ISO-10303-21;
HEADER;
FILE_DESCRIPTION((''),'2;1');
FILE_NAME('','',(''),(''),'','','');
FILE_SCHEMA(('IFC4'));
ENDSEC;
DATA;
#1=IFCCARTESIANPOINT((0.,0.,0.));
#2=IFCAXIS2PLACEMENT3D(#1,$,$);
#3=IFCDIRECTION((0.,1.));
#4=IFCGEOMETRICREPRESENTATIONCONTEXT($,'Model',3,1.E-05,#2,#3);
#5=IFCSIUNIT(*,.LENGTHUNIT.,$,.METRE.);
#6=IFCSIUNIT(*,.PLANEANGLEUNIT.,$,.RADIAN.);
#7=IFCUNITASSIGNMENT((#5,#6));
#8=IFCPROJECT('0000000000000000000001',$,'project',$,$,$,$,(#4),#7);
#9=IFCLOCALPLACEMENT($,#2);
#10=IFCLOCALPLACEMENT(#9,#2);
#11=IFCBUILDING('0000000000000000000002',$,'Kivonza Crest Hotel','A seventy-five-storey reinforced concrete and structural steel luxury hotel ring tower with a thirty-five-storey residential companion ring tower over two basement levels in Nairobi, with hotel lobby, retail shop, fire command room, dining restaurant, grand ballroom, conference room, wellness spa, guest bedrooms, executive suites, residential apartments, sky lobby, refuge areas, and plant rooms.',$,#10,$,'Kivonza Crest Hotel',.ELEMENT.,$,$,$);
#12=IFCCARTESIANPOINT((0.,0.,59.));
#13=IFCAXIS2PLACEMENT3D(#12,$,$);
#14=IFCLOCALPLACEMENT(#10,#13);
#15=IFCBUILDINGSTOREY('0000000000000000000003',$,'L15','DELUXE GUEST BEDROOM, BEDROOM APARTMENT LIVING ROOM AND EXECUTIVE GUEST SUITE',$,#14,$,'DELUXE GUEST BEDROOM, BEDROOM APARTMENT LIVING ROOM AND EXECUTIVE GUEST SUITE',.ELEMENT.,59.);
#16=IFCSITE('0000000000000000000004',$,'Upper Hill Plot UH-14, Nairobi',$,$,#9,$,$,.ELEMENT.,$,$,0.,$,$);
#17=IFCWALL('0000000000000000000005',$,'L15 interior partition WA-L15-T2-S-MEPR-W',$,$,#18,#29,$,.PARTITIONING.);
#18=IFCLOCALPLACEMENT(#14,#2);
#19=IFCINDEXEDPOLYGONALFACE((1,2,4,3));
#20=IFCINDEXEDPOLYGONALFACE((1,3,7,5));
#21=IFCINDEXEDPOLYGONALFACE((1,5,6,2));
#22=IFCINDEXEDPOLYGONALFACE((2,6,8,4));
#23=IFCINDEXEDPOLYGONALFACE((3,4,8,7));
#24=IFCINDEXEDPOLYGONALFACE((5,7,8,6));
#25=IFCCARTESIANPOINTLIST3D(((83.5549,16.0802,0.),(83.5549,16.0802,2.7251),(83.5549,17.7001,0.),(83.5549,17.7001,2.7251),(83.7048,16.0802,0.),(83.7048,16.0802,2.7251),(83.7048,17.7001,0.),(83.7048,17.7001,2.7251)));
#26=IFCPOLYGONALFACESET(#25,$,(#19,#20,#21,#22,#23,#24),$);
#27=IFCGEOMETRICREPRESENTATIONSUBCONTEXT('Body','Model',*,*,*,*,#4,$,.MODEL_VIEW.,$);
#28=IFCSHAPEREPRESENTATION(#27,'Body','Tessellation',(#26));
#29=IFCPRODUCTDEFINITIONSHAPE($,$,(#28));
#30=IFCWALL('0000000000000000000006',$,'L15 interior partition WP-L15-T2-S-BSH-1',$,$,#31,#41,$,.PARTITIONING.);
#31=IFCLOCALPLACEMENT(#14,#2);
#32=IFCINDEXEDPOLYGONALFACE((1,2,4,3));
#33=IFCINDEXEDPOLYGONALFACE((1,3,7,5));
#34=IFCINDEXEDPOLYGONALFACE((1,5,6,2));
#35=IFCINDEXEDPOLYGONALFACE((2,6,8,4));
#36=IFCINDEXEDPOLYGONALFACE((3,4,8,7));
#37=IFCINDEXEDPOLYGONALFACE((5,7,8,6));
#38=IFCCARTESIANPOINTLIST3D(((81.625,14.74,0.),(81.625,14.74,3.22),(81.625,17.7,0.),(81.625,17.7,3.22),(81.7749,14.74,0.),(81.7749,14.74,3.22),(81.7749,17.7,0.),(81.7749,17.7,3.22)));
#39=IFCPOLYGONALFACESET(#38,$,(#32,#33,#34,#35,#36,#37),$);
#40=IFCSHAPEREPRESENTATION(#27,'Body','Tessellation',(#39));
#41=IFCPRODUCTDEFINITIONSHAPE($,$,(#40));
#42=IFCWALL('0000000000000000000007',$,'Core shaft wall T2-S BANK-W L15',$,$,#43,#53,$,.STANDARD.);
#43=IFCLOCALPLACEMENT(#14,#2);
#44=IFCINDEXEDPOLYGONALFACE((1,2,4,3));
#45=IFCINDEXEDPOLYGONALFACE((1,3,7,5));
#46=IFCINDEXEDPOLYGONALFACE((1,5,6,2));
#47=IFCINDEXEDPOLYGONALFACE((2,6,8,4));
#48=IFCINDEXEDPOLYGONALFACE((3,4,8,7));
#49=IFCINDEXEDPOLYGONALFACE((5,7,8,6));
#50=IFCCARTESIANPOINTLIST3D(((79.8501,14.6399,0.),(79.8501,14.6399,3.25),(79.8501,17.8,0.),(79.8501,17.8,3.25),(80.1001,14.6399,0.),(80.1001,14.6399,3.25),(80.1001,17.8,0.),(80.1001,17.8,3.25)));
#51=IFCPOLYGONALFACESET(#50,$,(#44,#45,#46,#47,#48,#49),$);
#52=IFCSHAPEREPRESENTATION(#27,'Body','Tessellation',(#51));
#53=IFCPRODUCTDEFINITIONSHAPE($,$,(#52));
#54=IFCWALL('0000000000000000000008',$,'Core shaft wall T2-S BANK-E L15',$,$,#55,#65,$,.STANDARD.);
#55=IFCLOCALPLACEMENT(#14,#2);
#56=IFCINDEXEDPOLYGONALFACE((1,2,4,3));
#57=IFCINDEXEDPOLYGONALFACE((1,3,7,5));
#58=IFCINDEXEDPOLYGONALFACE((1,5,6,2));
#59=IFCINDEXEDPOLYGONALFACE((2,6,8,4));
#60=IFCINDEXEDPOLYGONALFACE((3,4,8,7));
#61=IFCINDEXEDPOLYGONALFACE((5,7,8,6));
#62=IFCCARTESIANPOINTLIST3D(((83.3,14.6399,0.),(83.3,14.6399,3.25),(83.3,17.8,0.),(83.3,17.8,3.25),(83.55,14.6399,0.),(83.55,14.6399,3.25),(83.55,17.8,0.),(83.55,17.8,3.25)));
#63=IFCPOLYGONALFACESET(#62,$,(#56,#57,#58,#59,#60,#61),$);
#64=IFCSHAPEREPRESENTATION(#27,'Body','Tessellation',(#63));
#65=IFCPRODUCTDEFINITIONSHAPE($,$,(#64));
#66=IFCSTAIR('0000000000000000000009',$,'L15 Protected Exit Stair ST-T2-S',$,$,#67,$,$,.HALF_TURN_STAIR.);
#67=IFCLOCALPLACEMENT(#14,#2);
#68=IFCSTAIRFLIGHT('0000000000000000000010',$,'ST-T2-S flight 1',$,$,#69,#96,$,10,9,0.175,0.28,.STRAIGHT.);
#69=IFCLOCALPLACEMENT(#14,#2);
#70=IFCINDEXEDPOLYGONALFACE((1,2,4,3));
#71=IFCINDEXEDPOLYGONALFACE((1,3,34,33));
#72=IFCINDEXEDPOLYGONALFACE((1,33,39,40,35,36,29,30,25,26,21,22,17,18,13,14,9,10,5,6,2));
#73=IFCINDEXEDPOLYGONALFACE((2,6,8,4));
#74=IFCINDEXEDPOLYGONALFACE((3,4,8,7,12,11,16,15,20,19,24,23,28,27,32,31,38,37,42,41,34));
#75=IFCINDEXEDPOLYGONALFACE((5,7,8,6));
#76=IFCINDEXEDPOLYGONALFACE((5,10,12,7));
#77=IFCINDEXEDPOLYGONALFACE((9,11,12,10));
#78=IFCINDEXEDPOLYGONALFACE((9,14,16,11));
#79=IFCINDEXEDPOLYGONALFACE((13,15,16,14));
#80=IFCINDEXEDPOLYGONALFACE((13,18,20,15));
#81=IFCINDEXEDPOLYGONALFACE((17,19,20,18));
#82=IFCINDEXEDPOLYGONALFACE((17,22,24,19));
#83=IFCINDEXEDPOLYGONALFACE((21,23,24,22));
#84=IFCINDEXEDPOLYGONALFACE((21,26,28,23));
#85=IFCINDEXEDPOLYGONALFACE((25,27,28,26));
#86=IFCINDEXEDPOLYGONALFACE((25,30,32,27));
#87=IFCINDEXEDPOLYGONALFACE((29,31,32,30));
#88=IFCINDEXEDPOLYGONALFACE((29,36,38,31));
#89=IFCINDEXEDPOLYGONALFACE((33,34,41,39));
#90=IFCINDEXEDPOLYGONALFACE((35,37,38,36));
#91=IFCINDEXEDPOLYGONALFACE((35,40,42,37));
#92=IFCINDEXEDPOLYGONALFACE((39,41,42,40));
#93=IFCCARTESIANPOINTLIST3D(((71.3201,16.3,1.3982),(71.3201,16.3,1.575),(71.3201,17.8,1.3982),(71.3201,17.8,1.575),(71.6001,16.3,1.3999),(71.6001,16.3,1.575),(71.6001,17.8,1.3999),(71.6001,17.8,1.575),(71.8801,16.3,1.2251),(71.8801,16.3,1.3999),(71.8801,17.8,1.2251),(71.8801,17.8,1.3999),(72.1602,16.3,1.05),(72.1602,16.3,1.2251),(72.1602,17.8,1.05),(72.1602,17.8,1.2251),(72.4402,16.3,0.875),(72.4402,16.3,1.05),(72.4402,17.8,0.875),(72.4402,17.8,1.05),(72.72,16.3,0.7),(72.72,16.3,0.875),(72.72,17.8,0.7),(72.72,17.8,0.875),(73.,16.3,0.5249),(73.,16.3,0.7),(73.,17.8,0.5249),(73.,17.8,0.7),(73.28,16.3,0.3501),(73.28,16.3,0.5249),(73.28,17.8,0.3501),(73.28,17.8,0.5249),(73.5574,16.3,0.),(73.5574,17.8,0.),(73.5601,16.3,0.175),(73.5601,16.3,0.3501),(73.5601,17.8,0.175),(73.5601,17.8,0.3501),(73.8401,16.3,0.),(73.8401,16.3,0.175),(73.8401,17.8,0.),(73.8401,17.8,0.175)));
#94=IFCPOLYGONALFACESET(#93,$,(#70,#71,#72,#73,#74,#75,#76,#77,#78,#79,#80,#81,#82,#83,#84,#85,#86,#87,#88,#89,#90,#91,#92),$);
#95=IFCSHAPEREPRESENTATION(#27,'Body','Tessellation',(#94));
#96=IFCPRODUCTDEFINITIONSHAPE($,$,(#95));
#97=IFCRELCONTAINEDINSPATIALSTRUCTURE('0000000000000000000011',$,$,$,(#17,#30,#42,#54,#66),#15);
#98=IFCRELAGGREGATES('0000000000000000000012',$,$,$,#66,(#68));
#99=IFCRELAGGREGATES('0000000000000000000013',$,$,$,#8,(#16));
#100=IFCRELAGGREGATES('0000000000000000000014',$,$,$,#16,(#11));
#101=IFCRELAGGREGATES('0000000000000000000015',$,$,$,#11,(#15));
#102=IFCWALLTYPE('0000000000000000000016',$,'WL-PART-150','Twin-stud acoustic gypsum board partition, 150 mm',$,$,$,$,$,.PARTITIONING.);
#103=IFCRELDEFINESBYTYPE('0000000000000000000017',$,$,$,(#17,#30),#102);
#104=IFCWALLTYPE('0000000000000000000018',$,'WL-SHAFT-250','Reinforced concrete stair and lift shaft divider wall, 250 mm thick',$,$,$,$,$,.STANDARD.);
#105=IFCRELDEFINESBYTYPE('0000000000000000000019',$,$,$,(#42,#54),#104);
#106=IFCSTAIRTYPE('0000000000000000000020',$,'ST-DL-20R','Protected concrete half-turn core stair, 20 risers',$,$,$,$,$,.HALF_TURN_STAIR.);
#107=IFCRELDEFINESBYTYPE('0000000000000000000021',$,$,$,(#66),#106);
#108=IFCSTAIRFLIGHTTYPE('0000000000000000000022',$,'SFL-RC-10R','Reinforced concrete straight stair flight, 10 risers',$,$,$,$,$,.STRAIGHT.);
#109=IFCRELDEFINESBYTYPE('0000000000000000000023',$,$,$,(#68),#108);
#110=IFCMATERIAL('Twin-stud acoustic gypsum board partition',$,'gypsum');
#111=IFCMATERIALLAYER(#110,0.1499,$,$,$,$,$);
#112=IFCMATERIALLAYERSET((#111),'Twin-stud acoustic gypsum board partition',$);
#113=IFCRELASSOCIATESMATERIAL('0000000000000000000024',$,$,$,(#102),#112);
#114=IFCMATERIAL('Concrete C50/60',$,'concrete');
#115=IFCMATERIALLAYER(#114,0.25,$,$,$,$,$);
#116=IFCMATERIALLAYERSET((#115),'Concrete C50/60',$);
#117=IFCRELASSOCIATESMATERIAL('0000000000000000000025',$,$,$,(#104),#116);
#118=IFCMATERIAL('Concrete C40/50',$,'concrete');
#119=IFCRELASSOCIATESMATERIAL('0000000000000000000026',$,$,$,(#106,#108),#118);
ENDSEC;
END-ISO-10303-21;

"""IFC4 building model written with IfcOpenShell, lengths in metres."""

from ifc_helpers import new_model, si_unit, direction, frame, frame_2d, origin, place, context, subcontext, project, spatial, polyline, rectangle, outline, extrude, material, layer, layer_set, type_object, element, aggregate, save


model = new_model("IFC4")

# Units and contexts
model_context = context("Model", 3, precision=1e-05, world=origin(), true_north=direction((0.0, 1.0)))
body_context = subcontext(model_context, "Body", "Model", "MODEL_VIEW")
ifc_project = project(units=[si_unit("LENGTHUNIT", "METRE"), si_unit("PLANEANGLEUNIT", "RADIAN")], contexts=[model_context])

# Site, building, storey
site_placement = place(None, origin())
site = spatial("IfcSite", under=ifc_project, at=site_placement, Name="Upper Hill Plot UH-14, Nairobi", CompositionType="ELEMENT", RefElevation=0.0)
building_placement = place(site_placement, origin())
building = spatial("IfcBuilding", under=site, at=building_placement, Name="Kivonza Crest Hotel", Description="A seventy-five-storey reinforced concrete and structural steel luxury hotel ring tower with a thirty-five-storey residential companion ring tower over two basement levels in Nairobi, with hotel lobby, retail shop, fire command room, dining restaurant, grand ballroom, conference room, wellness spa, guest bedrooms, executive suites, residential apartments, sky lobby, refuge areas, and plant rooms.", LongName="Kivonza Crest Hotel", CompositionType="ELEMENT")
storey_placement = place(building_placement, frame((0.0, 0.0, 59.0)))
storey = spatial("IfcBuildingStorey", under=building, at=storey_placement, Name="L15", Description="DELUXE GUEST BEDROOM, BEDROOM APARTMENT LIVING ROOM AND EXECUTIVE GUEST SUITE", LongName="DELUXE GUEST BEDROOM, BEDROOM APARTMENT LIVING ROOM AND EXECUTIVE GUEST SUITE", CompositionType="ELEMENT", Elevation=59.0)

# Shared definitions
ifc_material_1 = material(Name="Concrete C50/60", Category="concrete")

# Walls
ifc_material_2 = material(Name="Twin-stud acoustic gypsum board partition", Category="gypsum")
ifc_layer_1 = layer(ifc_material_2, 0.1499)
ifc_layer_set_1 = layer_set([ifc_layer_1], Name="Twin-stud acoustic gypsum board partition")
wall_type_1 = type_object("IfcWallType", Name="WL-PART-150", Description="Twin-stud acoustic gypsum board partition, 150 mm", PredefinedType="PARTITIONING", material=ifc_layer_set_1)
wall_1_placement = place(storey_placement, frame((83.6299, 16.0801, 0.0), z_axis=(0.0, 0.0, 1.0), x_axis=(0.0, 1.0, 0.0)))
element("IfcWall", 1, at=wall_1_placement, inside=storey, type_object=wall_type_1, Name="L15 interior partition WA-L15-T2-S-MEPR-W", PredefinedType="PARTITIONING", context=body_context, shape_type="SweptSolid", body=[
    extrude(rectangle(XDim=1.6199, YDim=0.1499, at=frame_2d((0.8101, 0.0))), origin(), (0.0, 0.0, 1.0), 2.7251),
])
wall_2_placement = place(storey_placement, frame((81.7, 14.74, 0.0), z_axis=(0.0, 0.0, 1.0), x_axis=(0.0, 1.0, 0.0)))
element("IfcWall", 2, at=wall_2_placement, inside=storey, type_object=wall_type_1, Name="L15 interior partition WP-L15-T2-S-BSH-1", PredefinedType="PARTITIONING", context=body_context, shape_type="SweptSolid", body=[
    extrude(rectangle(XDim=2.96, YDim=0.1499, at=frame_2d((1.48, 0.0))), origin(), (0.0, 0.0, 1.0), 3.22),
])

# Shared definitions
ifc_layer_2 = layer(ifc_material_1, 0.25)
ifc_layer_set_2 = layer_set([ifc_layer_2], Name="Concrete C50/60")
wall_type_2 = type_object("IfcWallType", Name="WL-SHAFT-250", Description="Reinforced concrete stair and lift shaft divider wall, 250 mm thick", PredefinedType="STANDARD", material=ifc_layer_set_2)

# Walls
for number, where, z_axis, x_axis, name in (
    (3, (79.9751, 14.6399, 0.0), (0.0, 0.0, 1.0), (0.0, 1.0, 0.0), "Core shaft wall T2-S BANK-W L15"),
    (4, (83.425, 14.6399, 0.0), (0.0, 0.0, 1.0), (0.0, 1.0, 0.0), "Core shaft wall T2-S BANK-E L15"),
):
    element("IfcWall", number, at=place(storey_placement, frame(where, z_axis=z_axis, x_axis=x_axis)), inside=storey, type_object=wall_type_2, Name=name, PredefinedType="STANDARD", context=body_context, shape_type="SweptSolid", body=[
        extrude(rectangle(XDim=3.1602, YDim=0.25, at=frame_2d((1.5801, 0.0))), origin(), (0.0, 0.0, 1.0), 3.25),
    ])

# Stair, stair flight
ifc_material_3 = material(Name="Concrete C40/50", Category="concrete")
stair_type = type_object("IfcStairType", Name="ST-DL-20R", Description="Protected concrete half-turn core stair, 20 risers", PredefinedType="HALF_TURN_STAIR", material=ifc_material_3)
stair_placement = place(storey_placement, origin())
stair = element("IfcStair", 5, at=stair_placement, inside=storey, type_object=stair_type, Name="L15 Protected Exit Stair ST-T2-S", PredefinedType="HALF_TURN_STAIR")
stair_flight_type = type_object("IfcStairFlightType", Name="SFL-RC-10R", Description="Reinforced concrete straight stair flight, 10 risers", PredefinedType="STRAIGHT", material=ifc_material_3)
stair_flight_placement = place(storey_placement, frame((73.8401, 17.05, 0.0), z_axis=(0.0, 0.0, 1.0), x_axis=(-1.0, 0.0, 0.0)))
stair_flight = element("IfcStairFlight", 6, at=stair_flight_placement, type_object=stair_flight_type, Name="ST-T2-S flight 1", NumberOfRisers=10, NumberOfTreads=9, PredefinedType="STRAIGHT", RiserHeight=0.175, TreadLength=0.28, context=body_context, shape_type="SweptSolid", body=[
    extrude(outline(polyline([(0.0, 0.0), (0.0, 0.175), (0.28, 0.175), (0.28, 0.3501), (0.5601, 0.3501), (0.5601, 0.5249), (0.8401, 0.5249), (0.8401, 0.7), (1.1201, 0.7), (1.1201, 0.875), (1.3999, 0.875), (1.3999, 1.05), (1.6799, 1.05), (1.6799, 1.2251), (1.96, 1.2251), (1.96, 1.3999), (2.24, 1.3999), (2.24, 1.575), (2.52, 1.575), (2.52, 1.75), (2.52, 1.3982), (0.2827, 0.0), (0.0, 0.0)])), frame((0.0, 0.75, 0.0), z_axis=(0.0, -1.0, 0.0), x_axis=(1.0, 0.0, 0.0)), (0.0, 0.0, 1.0), 1.5),
])
aggregate(stair, [stair_flight])

save(model, "model.ifc")
